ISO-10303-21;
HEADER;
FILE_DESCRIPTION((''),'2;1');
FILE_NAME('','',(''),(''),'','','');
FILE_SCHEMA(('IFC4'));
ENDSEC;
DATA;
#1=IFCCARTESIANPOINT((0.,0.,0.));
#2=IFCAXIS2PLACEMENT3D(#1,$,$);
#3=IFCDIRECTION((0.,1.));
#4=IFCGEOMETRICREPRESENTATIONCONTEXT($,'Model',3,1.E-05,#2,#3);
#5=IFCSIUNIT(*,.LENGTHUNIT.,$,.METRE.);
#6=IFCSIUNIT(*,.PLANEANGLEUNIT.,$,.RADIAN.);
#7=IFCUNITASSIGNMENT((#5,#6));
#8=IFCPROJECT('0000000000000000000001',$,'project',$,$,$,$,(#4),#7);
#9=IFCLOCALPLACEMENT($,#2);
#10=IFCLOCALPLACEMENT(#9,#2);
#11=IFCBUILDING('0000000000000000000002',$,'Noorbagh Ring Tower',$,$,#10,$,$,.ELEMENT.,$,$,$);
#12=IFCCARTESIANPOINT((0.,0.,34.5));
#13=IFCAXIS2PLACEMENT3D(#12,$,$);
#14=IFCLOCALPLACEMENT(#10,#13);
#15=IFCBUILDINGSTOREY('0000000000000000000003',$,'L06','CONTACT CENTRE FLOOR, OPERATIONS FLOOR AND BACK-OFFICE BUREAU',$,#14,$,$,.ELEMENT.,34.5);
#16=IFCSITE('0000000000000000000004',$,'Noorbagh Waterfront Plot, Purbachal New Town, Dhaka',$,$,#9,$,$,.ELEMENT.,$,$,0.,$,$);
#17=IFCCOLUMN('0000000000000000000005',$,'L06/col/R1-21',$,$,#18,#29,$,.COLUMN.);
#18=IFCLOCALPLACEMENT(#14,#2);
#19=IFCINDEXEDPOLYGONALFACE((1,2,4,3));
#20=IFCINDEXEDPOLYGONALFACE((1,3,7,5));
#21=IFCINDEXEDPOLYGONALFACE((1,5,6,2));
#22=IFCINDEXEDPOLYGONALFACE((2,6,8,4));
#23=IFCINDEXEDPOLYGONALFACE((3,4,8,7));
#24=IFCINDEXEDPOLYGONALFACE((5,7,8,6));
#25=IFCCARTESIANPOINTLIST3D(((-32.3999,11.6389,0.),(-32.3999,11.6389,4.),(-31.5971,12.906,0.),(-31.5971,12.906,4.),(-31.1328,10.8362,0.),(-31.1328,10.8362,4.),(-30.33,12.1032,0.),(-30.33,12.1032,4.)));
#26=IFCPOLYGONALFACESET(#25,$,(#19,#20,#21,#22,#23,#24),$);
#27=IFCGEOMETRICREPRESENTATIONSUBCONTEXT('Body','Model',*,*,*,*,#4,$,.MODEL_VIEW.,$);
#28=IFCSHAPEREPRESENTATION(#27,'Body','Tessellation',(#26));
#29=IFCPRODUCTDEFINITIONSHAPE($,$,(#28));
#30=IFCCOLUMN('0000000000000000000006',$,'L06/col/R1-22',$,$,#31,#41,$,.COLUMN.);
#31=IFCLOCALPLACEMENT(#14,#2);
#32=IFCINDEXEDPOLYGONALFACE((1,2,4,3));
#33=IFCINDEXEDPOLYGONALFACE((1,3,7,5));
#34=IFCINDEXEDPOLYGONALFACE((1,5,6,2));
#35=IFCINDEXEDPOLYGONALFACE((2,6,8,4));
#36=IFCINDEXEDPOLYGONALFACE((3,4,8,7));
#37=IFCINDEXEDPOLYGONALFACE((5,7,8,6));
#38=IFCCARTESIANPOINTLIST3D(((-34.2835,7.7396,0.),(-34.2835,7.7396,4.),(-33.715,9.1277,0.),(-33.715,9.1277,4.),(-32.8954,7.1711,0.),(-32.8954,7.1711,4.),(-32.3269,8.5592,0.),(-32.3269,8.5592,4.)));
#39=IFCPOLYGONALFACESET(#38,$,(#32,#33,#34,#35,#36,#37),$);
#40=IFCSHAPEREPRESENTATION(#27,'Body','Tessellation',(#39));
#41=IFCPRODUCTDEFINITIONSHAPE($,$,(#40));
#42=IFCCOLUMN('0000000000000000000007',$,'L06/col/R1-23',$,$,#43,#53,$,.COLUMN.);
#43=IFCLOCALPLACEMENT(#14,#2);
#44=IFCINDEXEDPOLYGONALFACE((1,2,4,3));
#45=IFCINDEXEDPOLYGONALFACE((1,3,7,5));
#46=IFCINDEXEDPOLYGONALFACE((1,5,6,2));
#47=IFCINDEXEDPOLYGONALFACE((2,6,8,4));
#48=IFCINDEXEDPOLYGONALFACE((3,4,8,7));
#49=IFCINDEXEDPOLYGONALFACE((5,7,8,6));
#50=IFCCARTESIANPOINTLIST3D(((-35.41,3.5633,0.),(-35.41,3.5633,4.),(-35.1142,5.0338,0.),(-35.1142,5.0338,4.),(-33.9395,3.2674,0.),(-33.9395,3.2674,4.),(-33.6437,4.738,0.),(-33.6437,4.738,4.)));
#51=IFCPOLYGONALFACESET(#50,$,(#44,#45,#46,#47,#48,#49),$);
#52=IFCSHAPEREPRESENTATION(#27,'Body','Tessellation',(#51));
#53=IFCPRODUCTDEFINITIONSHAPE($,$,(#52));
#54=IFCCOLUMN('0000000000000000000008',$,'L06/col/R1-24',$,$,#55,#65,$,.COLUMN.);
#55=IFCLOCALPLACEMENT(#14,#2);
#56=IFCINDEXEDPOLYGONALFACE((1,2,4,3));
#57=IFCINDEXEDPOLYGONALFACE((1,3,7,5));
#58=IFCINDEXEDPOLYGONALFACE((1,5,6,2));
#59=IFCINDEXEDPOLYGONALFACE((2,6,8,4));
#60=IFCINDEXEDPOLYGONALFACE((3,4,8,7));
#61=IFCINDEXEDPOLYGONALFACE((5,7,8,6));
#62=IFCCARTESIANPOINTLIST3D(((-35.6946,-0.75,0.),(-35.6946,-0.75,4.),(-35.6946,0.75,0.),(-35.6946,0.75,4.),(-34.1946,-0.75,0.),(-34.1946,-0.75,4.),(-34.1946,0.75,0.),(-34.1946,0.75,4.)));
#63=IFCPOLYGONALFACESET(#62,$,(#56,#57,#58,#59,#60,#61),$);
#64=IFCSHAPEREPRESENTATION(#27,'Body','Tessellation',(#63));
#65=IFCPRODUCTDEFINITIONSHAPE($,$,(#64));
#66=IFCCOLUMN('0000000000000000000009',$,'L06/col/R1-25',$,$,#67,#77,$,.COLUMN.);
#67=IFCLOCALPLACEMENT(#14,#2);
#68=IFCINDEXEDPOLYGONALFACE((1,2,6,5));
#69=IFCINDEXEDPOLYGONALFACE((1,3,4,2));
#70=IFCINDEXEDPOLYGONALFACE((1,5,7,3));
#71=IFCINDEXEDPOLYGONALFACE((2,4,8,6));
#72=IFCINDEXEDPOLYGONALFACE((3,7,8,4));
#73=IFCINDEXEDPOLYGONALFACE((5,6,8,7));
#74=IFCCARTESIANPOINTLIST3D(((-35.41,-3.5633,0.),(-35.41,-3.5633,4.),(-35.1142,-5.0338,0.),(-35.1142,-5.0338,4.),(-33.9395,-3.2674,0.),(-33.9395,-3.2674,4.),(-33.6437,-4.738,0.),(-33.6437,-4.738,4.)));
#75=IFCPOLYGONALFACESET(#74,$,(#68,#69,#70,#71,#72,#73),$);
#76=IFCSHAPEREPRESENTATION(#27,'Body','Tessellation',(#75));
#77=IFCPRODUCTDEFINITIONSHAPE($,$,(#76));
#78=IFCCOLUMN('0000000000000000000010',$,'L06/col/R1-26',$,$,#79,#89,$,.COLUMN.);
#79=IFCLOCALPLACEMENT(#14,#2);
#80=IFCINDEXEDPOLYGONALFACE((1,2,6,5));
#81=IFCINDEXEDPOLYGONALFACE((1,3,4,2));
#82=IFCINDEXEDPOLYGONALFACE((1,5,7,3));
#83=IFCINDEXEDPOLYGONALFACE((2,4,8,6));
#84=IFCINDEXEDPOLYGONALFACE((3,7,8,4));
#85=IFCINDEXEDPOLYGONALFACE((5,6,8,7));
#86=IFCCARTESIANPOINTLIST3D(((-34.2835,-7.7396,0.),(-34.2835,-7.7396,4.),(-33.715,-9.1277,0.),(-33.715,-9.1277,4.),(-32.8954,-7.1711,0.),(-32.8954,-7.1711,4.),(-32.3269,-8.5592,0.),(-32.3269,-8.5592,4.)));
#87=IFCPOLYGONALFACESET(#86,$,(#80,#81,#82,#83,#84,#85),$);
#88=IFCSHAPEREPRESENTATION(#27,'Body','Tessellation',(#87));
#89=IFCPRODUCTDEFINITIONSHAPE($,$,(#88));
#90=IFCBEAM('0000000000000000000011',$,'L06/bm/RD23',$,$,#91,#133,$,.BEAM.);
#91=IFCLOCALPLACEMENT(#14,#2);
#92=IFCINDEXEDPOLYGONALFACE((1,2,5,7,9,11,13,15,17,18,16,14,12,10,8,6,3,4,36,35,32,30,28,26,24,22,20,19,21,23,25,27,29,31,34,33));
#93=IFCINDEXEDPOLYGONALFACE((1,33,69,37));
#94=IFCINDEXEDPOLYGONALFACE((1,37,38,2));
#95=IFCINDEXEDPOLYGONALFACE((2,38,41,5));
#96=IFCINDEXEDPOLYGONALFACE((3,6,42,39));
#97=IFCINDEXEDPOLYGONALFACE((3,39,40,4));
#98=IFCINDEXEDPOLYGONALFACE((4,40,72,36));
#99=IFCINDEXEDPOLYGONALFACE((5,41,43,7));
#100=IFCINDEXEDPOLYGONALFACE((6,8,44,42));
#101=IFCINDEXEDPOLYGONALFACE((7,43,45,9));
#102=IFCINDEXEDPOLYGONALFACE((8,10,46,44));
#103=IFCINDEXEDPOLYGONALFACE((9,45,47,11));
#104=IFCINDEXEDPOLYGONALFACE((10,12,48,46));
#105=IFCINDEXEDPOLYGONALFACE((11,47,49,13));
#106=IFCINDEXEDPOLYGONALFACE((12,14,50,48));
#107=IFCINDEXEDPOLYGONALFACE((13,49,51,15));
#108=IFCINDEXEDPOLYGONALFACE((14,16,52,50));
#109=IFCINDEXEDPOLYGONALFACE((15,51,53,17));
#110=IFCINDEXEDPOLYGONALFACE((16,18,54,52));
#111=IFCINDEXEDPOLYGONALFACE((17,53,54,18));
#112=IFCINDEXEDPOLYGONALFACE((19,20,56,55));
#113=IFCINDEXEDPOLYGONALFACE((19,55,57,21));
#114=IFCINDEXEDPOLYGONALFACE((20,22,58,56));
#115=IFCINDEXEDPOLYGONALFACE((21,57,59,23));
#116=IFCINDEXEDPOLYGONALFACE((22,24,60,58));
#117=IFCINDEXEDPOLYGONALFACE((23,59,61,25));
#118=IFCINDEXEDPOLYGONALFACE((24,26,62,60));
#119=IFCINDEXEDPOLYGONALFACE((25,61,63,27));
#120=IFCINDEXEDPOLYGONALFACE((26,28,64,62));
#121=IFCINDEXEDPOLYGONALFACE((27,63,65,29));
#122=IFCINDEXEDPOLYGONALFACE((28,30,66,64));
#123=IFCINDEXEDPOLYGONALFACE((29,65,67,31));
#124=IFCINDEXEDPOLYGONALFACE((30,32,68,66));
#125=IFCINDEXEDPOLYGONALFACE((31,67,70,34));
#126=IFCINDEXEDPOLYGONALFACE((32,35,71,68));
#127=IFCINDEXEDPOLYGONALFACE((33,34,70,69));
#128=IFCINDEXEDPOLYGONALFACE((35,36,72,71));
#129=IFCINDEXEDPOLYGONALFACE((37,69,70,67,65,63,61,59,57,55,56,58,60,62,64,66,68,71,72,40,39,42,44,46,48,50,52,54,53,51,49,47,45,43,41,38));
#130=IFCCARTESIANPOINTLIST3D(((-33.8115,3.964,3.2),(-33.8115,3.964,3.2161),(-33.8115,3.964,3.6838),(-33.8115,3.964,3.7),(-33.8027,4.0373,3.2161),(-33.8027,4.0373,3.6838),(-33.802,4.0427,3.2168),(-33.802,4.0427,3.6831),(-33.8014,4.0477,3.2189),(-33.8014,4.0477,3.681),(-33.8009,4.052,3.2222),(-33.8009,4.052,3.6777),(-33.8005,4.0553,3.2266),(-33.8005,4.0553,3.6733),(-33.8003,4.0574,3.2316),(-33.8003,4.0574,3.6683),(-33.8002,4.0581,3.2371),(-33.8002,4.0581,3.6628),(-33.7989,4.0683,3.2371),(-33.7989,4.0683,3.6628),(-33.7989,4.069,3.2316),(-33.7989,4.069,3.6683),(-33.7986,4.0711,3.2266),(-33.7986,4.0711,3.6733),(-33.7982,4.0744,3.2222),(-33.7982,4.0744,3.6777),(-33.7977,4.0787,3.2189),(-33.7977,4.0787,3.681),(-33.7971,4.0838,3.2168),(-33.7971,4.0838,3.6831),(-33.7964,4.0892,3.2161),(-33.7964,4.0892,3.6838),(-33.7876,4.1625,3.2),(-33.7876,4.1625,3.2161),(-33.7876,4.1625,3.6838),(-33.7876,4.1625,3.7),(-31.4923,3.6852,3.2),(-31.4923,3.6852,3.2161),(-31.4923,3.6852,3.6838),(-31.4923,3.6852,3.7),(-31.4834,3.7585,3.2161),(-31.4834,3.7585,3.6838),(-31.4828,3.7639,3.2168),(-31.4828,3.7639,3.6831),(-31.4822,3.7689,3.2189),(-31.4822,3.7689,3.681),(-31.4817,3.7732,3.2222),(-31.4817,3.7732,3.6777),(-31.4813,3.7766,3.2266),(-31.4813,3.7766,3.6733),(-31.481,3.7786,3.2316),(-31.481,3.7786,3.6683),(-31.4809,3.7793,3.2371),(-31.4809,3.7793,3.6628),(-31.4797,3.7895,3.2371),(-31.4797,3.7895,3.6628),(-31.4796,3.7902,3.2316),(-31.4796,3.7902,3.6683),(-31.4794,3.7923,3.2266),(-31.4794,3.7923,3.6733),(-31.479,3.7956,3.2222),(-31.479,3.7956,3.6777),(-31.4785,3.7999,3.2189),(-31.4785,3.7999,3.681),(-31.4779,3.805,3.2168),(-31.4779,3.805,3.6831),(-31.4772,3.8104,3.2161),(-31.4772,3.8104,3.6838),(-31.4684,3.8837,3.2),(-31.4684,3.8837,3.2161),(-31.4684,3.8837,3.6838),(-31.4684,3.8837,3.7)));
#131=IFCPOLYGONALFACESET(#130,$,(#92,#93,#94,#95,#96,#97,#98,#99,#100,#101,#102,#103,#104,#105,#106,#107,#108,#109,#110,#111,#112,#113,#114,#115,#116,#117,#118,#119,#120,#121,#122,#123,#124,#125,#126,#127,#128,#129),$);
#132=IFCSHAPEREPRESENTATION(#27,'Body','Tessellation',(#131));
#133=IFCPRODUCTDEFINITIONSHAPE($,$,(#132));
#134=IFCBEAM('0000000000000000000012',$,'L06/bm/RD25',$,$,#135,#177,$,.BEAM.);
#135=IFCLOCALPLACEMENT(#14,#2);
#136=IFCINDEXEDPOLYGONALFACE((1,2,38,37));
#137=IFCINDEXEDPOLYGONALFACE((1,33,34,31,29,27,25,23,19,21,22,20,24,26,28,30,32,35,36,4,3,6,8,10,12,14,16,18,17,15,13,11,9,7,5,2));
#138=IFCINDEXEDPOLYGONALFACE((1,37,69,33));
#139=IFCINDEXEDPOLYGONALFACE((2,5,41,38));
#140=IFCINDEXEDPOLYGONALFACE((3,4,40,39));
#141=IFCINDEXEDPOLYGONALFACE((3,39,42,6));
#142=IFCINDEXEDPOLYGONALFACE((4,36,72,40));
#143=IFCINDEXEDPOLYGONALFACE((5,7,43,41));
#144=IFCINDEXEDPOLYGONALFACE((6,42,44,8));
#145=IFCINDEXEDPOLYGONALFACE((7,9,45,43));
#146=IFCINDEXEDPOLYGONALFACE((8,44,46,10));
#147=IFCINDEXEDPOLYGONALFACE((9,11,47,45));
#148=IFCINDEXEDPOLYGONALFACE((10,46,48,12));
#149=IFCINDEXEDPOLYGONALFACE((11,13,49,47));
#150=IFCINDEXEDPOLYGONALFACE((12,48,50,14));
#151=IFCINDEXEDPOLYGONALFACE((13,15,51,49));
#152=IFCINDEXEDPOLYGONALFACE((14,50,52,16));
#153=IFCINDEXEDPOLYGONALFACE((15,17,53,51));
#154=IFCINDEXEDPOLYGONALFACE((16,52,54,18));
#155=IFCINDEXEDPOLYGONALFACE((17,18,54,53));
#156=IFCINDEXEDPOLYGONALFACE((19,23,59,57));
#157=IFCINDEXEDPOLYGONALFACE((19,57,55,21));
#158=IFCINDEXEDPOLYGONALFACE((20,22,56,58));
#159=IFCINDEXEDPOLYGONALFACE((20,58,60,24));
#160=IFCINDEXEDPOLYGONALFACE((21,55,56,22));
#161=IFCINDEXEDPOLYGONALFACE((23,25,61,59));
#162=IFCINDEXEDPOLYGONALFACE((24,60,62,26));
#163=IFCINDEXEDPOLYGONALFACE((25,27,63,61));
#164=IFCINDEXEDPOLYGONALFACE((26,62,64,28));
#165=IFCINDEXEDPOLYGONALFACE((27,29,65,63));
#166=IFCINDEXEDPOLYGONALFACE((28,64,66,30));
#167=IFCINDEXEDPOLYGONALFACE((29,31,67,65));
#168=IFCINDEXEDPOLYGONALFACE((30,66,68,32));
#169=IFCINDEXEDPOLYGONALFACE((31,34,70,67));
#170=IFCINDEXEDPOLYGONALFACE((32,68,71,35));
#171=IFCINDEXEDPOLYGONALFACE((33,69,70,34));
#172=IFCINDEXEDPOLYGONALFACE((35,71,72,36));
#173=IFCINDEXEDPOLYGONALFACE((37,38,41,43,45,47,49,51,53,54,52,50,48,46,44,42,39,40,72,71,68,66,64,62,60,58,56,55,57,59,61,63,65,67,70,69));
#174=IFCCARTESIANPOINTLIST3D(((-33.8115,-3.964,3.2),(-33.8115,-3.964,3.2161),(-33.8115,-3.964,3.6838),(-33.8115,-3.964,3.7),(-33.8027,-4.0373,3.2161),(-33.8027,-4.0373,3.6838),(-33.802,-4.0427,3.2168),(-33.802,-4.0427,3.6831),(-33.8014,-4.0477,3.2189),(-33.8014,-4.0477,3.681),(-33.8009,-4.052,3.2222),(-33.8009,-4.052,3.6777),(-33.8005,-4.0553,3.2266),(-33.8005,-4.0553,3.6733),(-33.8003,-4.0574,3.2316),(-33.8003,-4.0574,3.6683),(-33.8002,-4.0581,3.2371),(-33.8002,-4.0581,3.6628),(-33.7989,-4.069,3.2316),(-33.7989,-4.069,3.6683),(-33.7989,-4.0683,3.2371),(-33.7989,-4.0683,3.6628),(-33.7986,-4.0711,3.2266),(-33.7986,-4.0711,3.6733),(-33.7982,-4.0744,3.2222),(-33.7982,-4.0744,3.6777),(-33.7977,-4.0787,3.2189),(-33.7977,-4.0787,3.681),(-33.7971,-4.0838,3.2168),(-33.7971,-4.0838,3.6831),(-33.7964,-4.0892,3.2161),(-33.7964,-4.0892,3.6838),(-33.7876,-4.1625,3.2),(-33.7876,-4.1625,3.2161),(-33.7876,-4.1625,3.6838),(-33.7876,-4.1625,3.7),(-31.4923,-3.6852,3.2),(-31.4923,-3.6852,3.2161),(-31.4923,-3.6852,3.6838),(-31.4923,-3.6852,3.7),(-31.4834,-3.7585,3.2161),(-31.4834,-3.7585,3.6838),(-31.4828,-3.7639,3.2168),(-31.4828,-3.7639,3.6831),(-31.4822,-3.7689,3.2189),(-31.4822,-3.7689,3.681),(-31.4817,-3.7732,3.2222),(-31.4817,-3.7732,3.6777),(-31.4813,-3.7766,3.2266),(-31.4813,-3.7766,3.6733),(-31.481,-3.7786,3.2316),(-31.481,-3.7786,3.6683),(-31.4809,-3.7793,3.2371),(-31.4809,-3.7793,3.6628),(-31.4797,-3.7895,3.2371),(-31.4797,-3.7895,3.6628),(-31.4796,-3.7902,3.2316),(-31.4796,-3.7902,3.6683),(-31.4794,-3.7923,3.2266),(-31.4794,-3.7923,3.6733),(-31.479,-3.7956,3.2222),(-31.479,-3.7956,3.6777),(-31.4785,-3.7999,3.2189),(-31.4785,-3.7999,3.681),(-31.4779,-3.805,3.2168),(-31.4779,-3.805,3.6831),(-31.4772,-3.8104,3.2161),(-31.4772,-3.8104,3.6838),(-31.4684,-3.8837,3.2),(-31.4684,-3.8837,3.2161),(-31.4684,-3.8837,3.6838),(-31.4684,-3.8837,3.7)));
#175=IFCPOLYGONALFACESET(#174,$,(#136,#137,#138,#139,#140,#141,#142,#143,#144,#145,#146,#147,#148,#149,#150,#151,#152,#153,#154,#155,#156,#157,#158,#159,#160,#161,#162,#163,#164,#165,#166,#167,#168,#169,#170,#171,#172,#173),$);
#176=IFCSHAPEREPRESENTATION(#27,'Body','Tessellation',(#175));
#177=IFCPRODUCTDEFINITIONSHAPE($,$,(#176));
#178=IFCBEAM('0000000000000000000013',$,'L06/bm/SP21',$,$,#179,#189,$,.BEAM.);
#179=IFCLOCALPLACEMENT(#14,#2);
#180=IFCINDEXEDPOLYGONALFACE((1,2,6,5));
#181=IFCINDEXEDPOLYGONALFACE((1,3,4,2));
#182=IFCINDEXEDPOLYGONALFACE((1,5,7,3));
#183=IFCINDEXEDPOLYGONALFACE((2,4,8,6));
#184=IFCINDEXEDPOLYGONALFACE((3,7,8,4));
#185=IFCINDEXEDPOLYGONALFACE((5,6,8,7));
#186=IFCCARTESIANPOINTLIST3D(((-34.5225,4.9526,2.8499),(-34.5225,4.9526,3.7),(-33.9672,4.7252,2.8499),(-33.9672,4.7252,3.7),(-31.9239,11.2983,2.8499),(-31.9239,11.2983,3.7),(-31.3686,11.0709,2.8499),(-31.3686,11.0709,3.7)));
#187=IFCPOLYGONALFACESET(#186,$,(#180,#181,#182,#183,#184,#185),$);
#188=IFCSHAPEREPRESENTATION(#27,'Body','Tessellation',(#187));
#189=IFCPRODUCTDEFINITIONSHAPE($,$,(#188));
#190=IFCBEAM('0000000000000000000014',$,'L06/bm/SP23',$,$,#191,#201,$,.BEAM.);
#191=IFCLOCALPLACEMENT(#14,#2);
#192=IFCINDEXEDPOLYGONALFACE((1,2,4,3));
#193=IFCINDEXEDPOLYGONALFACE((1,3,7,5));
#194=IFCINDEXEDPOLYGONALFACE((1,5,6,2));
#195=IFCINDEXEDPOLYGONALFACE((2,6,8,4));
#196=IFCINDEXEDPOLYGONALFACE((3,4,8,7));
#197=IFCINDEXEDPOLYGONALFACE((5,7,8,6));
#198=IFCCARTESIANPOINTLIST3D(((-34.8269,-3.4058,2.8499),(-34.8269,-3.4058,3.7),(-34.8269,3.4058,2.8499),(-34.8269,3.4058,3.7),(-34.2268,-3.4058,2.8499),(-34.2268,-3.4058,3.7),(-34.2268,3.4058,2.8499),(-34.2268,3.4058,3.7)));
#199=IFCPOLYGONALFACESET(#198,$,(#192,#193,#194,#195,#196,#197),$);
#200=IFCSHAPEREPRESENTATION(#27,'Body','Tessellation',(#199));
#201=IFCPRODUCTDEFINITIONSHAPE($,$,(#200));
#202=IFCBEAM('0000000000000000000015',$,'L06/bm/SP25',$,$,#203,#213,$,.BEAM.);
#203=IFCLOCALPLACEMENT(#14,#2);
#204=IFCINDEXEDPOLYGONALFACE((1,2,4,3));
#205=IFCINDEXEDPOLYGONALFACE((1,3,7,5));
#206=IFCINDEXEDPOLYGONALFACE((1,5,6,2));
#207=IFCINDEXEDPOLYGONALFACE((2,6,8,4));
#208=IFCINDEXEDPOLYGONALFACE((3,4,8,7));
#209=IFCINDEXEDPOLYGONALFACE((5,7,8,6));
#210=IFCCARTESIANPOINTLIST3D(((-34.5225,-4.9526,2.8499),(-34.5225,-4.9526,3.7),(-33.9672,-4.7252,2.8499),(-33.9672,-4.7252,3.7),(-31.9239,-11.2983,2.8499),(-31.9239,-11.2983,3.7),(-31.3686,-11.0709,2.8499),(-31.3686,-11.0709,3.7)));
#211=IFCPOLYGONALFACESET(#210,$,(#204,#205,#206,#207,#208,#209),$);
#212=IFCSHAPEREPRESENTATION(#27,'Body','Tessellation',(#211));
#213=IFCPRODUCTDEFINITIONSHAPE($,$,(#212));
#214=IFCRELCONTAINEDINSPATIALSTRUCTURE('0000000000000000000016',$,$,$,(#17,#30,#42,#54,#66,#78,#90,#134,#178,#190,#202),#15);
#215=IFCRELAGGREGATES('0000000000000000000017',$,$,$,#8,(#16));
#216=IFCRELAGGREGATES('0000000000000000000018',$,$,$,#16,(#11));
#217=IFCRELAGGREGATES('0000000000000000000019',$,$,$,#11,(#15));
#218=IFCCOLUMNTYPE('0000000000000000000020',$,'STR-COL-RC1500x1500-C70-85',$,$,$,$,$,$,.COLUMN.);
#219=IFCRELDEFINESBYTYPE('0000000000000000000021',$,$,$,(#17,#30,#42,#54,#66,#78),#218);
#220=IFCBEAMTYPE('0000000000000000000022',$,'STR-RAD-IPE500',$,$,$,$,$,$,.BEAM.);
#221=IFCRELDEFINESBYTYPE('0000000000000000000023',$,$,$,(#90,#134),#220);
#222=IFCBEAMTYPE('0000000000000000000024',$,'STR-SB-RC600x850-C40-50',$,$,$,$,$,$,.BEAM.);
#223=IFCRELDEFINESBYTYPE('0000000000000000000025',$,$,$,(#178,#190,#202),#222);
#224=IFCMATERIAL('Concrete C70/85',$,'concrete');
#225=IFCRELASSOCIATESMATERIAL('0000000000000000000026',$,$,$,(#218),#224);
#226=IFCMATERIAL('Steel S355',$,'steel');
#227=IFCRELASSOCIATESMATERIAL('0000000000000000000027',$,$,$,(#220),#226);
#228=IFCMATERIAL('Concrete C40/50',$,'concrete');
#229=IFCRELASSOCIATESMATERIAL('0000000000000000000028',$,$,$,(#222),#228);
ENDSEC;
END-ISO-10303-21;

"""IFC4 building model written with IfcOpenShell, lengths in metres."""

from ifc_helpers import new_model, si_unit, direction, frame, origin, origin_2d, place, context, subcontext, project, spatial, rectangle, i_section, extrude, material, material_profile, profile_set, type_object, element, save


model = new_model("IFC4")

# Units and contexts
model_context = context("Model", 3, precision=1e-05, world=origin(), true_north=direction((0.0, 1.0)))
body_context = subcontext(model_context, "Body", "Model", "MODEL_VIEW")
ifc_project = project(units=[si_unit("LENGTHUNIT", "METRE"), si_unit("PLANEANGLEUNIT", "RADIAN")], contexts=[model_context])

# Site, building, storey
site_placement = place(None, origin())
site = spatial("IfcSite", under=ifc_project, at=site_placement, Name="Noorbagh Waterfront Plot, Purbachal New Town, Dhaka", CompositionType="ELEMENT", RefElevation=0.0)
building_placement = place(site_placement, origin())
building = spatial("IfcBuilding", under=site, at=building_placement, Name="Noorbagh Ring Tower", CompositionType="ELEMENT")
storey_placement = place(building_placement, frame((0.0, 0.0, 34.5)))
storey = spatial("IfcBuildingStorey", under=building, at=storey_placement, Name="L06", Description="CONTACT CENTRE FLOOR, OPERATIONS FLOOR AND BACK-OFFICE BUREAU", CompositionType="ELEMENT", Elevation=34.5)

# Columns
ifc_material_1 = material(Name="Concrete C70/85", Category="concrete")
ifc_material_profile_1 = material_profile(ifc_material_1, rectangle(XDim=1.5, YDim=1.5, at=origin_2d()), Name="RC1500x1500")
ifc_profile_set_1 = profile_set([ifc_material_profile_1], Name="Concrete C70/85")
column_type = type_object("IfcColumnType", Name="STR-COL-RC1500x1500-C70-85", PredefinedType="COLUMN", material=ifc_profile_set_1)
for number, where, z_axis, x_axis, name in (
    (1, (-31.365, 11.8711, 0.0), (0.0, 0.0, 1.0), (-0.53519, -0.844731, 0.0), "L06/col/R1-21"),
    (2, (-33.3052, 8.1494, 0.0), (0.0, 0.0, 1.0), (-0.378989, -0.925401, 0.0), "L06/col/R1-22"),
    (3, (-34.5269, 4.1506, 0.0), (0.0, 0.0, 1.0), (-0.19723, -0.980357, 0.0), "L06/col/R1-23"),
    (4, (-34.9446, 0.0, 0.0), (0.0, 0.0, 1.0), (0.0, -1.0, 0.0), "L06/col/R1-24"),
    (5, (-34.5269, -4.1506, 0.0), (0.0, 0.0, 1.0), (0.19723, -0.980357, 0.0), "L06/col/R1-25"),
    (6, (-33.3052, -8.1494, 0.0), (0.0, 0.0, 1.0), (0.378989, -0.925401, 0.0), "L06/col/R1-26"),
):
    element("IfcColumn", number, at=place(storey_placement, frame(where, z_axis=z_axis, x_axis=x_axis)), inside=storey, type_object=column_type, Name=name, PredefinedType="COLUMN", context=body_context, shape_type="SweptSolid", body=[
        extrude(rectangle(XDim=1.5, YDim=1.5, at=origin_2d()), origin(), (0.0, 0.0, 1.0), 4.0),
    ])

# Beams
ifc_material_2 = material(Name="Steel S355", Category="steel")
ifc_material_profile_2 = material_profile(ifc_material_2, i_section(OverallWidth=0.2, OverallDepth=0.5, WebThickness=0.0103, FlangeThickness=0.0161, FilletRadius=0.021, at=origin_2d()), Name="IPE500")
ifc_profile_set_2 = profile_set([ifc_material_profile_2], Name="Steel S355")
beam_type_1 = type_object("IfcBeamType", Name="STR-RAD-IPE500", PredefinedType="BEAM", material=ifc_profile_set_2)
for number, where, z_axis, x_axis, name in (
    (7, (-33.7996, 4.0632, 3.45), (0.992852, -0.119351, 0.0), (0.119351, 0.992852, 0.0), "L06/bm/RD23"),
    (8, (-33.7996, -4.0632, 3.45), (0.992852, 0.119351, 0.0), (-0.119351, 0.992852, 0.0), "L06/bm/RD25"),
):
    element("IfcBeam", number, at=place(storey_placement, frame(where, z_axis=z_axis, x_axis=x_axis)), inside=storey, type_object=beam_type_1, Name=name, PredefinedType="BEAM", context=body_context, shape_type="SweptSolid", body=[
        extrude(i_section(OverallWidth=0.2, OverallDepth=0.5, WebThickness=0.0103, FlangeThickness=0.0161, FilletRadius=0.021, at=origin_2d()), origin(), (0.0, 0.0, 1.0), 2.3359),
    ])
ifc_material_3 = material(Name="Concrete C40/50", Category="concrete")
ifc_material_profile_3 = material_profile(ifc_material_3, rectangle(XDim=0.6001, YDim=0.8501, at=origin_2d()), Name="RC600x850")
ifc_profile_set_3 = profile_set([ifc_material_profile_3], Name="Concrete C40/50")
beam_type_2 = type_object("IfcBeamType", Name="STR-SB-RC600x850-C40-50", PredefinedType="BEAM", material=ifc_profile_set_3)
beam_1_placement = place(storey_placement, frame((-31.6462, 11.1846, 3.2749), z_axis=(-0.378966, -0.925411, 0.0), x_axis=(0.925411, -0.378966, 0.0)))
element("IfcBeam", 9, at=beam_1_placement, inside=storey, type_object=beam_type_2, Name="L06/bm/SP21", PredefinedType="BEAM", context=body_context, shape_type="SweptSolid", body=[
    extrude(rectangle(XDim=0.6001, YDim=0.8501, at=origin_2d()), origin(), (0.0, 0.0, 1.0), 6.8572),
])
beam_2_placement = place(storey_placement, frame((-34.5269, 3.4058, 3.2749), z_axis=(0.0, -1.0, 0.0), x_axis=(1.0, 0.0, 0.0)))
element("IfcBeam", 10, at=beam_2_placement, inside=storey, type_object=beam_type_2, Name="L06/bm/SP23", PredefinedType="BEAM", context=body_context, shape_type="SweptSolid", body=[
    extrude(rectangle(XDim=0.6001, YDim=0.8501, at=origin_2d()), origin(), (0.0, 0.0, 1.0), 6.8115),
])
beam_3_placement = place(storey_placement, frame((-34.2449, -4.8389, 3.2749), z_axis=(0.378966, -0.925411, 0.0), x_axis=(0.925411, 0.378966, 0.0)))
element("IfcBeam", 11, at=beam_3_placement, inside=storey, type_object=beam_type_2, Name="L06/bm/SP25", PredefinedType="BEAM", context=body_context, shape_type="SweptSolid", body=[
    extrude(rectangle(XDim=0.6001, YDim=0.8501, at=origin_2d()), origin(), (0.0, 0.0, 1.0), 6.8572),
])

save(model, "model.ifc")
